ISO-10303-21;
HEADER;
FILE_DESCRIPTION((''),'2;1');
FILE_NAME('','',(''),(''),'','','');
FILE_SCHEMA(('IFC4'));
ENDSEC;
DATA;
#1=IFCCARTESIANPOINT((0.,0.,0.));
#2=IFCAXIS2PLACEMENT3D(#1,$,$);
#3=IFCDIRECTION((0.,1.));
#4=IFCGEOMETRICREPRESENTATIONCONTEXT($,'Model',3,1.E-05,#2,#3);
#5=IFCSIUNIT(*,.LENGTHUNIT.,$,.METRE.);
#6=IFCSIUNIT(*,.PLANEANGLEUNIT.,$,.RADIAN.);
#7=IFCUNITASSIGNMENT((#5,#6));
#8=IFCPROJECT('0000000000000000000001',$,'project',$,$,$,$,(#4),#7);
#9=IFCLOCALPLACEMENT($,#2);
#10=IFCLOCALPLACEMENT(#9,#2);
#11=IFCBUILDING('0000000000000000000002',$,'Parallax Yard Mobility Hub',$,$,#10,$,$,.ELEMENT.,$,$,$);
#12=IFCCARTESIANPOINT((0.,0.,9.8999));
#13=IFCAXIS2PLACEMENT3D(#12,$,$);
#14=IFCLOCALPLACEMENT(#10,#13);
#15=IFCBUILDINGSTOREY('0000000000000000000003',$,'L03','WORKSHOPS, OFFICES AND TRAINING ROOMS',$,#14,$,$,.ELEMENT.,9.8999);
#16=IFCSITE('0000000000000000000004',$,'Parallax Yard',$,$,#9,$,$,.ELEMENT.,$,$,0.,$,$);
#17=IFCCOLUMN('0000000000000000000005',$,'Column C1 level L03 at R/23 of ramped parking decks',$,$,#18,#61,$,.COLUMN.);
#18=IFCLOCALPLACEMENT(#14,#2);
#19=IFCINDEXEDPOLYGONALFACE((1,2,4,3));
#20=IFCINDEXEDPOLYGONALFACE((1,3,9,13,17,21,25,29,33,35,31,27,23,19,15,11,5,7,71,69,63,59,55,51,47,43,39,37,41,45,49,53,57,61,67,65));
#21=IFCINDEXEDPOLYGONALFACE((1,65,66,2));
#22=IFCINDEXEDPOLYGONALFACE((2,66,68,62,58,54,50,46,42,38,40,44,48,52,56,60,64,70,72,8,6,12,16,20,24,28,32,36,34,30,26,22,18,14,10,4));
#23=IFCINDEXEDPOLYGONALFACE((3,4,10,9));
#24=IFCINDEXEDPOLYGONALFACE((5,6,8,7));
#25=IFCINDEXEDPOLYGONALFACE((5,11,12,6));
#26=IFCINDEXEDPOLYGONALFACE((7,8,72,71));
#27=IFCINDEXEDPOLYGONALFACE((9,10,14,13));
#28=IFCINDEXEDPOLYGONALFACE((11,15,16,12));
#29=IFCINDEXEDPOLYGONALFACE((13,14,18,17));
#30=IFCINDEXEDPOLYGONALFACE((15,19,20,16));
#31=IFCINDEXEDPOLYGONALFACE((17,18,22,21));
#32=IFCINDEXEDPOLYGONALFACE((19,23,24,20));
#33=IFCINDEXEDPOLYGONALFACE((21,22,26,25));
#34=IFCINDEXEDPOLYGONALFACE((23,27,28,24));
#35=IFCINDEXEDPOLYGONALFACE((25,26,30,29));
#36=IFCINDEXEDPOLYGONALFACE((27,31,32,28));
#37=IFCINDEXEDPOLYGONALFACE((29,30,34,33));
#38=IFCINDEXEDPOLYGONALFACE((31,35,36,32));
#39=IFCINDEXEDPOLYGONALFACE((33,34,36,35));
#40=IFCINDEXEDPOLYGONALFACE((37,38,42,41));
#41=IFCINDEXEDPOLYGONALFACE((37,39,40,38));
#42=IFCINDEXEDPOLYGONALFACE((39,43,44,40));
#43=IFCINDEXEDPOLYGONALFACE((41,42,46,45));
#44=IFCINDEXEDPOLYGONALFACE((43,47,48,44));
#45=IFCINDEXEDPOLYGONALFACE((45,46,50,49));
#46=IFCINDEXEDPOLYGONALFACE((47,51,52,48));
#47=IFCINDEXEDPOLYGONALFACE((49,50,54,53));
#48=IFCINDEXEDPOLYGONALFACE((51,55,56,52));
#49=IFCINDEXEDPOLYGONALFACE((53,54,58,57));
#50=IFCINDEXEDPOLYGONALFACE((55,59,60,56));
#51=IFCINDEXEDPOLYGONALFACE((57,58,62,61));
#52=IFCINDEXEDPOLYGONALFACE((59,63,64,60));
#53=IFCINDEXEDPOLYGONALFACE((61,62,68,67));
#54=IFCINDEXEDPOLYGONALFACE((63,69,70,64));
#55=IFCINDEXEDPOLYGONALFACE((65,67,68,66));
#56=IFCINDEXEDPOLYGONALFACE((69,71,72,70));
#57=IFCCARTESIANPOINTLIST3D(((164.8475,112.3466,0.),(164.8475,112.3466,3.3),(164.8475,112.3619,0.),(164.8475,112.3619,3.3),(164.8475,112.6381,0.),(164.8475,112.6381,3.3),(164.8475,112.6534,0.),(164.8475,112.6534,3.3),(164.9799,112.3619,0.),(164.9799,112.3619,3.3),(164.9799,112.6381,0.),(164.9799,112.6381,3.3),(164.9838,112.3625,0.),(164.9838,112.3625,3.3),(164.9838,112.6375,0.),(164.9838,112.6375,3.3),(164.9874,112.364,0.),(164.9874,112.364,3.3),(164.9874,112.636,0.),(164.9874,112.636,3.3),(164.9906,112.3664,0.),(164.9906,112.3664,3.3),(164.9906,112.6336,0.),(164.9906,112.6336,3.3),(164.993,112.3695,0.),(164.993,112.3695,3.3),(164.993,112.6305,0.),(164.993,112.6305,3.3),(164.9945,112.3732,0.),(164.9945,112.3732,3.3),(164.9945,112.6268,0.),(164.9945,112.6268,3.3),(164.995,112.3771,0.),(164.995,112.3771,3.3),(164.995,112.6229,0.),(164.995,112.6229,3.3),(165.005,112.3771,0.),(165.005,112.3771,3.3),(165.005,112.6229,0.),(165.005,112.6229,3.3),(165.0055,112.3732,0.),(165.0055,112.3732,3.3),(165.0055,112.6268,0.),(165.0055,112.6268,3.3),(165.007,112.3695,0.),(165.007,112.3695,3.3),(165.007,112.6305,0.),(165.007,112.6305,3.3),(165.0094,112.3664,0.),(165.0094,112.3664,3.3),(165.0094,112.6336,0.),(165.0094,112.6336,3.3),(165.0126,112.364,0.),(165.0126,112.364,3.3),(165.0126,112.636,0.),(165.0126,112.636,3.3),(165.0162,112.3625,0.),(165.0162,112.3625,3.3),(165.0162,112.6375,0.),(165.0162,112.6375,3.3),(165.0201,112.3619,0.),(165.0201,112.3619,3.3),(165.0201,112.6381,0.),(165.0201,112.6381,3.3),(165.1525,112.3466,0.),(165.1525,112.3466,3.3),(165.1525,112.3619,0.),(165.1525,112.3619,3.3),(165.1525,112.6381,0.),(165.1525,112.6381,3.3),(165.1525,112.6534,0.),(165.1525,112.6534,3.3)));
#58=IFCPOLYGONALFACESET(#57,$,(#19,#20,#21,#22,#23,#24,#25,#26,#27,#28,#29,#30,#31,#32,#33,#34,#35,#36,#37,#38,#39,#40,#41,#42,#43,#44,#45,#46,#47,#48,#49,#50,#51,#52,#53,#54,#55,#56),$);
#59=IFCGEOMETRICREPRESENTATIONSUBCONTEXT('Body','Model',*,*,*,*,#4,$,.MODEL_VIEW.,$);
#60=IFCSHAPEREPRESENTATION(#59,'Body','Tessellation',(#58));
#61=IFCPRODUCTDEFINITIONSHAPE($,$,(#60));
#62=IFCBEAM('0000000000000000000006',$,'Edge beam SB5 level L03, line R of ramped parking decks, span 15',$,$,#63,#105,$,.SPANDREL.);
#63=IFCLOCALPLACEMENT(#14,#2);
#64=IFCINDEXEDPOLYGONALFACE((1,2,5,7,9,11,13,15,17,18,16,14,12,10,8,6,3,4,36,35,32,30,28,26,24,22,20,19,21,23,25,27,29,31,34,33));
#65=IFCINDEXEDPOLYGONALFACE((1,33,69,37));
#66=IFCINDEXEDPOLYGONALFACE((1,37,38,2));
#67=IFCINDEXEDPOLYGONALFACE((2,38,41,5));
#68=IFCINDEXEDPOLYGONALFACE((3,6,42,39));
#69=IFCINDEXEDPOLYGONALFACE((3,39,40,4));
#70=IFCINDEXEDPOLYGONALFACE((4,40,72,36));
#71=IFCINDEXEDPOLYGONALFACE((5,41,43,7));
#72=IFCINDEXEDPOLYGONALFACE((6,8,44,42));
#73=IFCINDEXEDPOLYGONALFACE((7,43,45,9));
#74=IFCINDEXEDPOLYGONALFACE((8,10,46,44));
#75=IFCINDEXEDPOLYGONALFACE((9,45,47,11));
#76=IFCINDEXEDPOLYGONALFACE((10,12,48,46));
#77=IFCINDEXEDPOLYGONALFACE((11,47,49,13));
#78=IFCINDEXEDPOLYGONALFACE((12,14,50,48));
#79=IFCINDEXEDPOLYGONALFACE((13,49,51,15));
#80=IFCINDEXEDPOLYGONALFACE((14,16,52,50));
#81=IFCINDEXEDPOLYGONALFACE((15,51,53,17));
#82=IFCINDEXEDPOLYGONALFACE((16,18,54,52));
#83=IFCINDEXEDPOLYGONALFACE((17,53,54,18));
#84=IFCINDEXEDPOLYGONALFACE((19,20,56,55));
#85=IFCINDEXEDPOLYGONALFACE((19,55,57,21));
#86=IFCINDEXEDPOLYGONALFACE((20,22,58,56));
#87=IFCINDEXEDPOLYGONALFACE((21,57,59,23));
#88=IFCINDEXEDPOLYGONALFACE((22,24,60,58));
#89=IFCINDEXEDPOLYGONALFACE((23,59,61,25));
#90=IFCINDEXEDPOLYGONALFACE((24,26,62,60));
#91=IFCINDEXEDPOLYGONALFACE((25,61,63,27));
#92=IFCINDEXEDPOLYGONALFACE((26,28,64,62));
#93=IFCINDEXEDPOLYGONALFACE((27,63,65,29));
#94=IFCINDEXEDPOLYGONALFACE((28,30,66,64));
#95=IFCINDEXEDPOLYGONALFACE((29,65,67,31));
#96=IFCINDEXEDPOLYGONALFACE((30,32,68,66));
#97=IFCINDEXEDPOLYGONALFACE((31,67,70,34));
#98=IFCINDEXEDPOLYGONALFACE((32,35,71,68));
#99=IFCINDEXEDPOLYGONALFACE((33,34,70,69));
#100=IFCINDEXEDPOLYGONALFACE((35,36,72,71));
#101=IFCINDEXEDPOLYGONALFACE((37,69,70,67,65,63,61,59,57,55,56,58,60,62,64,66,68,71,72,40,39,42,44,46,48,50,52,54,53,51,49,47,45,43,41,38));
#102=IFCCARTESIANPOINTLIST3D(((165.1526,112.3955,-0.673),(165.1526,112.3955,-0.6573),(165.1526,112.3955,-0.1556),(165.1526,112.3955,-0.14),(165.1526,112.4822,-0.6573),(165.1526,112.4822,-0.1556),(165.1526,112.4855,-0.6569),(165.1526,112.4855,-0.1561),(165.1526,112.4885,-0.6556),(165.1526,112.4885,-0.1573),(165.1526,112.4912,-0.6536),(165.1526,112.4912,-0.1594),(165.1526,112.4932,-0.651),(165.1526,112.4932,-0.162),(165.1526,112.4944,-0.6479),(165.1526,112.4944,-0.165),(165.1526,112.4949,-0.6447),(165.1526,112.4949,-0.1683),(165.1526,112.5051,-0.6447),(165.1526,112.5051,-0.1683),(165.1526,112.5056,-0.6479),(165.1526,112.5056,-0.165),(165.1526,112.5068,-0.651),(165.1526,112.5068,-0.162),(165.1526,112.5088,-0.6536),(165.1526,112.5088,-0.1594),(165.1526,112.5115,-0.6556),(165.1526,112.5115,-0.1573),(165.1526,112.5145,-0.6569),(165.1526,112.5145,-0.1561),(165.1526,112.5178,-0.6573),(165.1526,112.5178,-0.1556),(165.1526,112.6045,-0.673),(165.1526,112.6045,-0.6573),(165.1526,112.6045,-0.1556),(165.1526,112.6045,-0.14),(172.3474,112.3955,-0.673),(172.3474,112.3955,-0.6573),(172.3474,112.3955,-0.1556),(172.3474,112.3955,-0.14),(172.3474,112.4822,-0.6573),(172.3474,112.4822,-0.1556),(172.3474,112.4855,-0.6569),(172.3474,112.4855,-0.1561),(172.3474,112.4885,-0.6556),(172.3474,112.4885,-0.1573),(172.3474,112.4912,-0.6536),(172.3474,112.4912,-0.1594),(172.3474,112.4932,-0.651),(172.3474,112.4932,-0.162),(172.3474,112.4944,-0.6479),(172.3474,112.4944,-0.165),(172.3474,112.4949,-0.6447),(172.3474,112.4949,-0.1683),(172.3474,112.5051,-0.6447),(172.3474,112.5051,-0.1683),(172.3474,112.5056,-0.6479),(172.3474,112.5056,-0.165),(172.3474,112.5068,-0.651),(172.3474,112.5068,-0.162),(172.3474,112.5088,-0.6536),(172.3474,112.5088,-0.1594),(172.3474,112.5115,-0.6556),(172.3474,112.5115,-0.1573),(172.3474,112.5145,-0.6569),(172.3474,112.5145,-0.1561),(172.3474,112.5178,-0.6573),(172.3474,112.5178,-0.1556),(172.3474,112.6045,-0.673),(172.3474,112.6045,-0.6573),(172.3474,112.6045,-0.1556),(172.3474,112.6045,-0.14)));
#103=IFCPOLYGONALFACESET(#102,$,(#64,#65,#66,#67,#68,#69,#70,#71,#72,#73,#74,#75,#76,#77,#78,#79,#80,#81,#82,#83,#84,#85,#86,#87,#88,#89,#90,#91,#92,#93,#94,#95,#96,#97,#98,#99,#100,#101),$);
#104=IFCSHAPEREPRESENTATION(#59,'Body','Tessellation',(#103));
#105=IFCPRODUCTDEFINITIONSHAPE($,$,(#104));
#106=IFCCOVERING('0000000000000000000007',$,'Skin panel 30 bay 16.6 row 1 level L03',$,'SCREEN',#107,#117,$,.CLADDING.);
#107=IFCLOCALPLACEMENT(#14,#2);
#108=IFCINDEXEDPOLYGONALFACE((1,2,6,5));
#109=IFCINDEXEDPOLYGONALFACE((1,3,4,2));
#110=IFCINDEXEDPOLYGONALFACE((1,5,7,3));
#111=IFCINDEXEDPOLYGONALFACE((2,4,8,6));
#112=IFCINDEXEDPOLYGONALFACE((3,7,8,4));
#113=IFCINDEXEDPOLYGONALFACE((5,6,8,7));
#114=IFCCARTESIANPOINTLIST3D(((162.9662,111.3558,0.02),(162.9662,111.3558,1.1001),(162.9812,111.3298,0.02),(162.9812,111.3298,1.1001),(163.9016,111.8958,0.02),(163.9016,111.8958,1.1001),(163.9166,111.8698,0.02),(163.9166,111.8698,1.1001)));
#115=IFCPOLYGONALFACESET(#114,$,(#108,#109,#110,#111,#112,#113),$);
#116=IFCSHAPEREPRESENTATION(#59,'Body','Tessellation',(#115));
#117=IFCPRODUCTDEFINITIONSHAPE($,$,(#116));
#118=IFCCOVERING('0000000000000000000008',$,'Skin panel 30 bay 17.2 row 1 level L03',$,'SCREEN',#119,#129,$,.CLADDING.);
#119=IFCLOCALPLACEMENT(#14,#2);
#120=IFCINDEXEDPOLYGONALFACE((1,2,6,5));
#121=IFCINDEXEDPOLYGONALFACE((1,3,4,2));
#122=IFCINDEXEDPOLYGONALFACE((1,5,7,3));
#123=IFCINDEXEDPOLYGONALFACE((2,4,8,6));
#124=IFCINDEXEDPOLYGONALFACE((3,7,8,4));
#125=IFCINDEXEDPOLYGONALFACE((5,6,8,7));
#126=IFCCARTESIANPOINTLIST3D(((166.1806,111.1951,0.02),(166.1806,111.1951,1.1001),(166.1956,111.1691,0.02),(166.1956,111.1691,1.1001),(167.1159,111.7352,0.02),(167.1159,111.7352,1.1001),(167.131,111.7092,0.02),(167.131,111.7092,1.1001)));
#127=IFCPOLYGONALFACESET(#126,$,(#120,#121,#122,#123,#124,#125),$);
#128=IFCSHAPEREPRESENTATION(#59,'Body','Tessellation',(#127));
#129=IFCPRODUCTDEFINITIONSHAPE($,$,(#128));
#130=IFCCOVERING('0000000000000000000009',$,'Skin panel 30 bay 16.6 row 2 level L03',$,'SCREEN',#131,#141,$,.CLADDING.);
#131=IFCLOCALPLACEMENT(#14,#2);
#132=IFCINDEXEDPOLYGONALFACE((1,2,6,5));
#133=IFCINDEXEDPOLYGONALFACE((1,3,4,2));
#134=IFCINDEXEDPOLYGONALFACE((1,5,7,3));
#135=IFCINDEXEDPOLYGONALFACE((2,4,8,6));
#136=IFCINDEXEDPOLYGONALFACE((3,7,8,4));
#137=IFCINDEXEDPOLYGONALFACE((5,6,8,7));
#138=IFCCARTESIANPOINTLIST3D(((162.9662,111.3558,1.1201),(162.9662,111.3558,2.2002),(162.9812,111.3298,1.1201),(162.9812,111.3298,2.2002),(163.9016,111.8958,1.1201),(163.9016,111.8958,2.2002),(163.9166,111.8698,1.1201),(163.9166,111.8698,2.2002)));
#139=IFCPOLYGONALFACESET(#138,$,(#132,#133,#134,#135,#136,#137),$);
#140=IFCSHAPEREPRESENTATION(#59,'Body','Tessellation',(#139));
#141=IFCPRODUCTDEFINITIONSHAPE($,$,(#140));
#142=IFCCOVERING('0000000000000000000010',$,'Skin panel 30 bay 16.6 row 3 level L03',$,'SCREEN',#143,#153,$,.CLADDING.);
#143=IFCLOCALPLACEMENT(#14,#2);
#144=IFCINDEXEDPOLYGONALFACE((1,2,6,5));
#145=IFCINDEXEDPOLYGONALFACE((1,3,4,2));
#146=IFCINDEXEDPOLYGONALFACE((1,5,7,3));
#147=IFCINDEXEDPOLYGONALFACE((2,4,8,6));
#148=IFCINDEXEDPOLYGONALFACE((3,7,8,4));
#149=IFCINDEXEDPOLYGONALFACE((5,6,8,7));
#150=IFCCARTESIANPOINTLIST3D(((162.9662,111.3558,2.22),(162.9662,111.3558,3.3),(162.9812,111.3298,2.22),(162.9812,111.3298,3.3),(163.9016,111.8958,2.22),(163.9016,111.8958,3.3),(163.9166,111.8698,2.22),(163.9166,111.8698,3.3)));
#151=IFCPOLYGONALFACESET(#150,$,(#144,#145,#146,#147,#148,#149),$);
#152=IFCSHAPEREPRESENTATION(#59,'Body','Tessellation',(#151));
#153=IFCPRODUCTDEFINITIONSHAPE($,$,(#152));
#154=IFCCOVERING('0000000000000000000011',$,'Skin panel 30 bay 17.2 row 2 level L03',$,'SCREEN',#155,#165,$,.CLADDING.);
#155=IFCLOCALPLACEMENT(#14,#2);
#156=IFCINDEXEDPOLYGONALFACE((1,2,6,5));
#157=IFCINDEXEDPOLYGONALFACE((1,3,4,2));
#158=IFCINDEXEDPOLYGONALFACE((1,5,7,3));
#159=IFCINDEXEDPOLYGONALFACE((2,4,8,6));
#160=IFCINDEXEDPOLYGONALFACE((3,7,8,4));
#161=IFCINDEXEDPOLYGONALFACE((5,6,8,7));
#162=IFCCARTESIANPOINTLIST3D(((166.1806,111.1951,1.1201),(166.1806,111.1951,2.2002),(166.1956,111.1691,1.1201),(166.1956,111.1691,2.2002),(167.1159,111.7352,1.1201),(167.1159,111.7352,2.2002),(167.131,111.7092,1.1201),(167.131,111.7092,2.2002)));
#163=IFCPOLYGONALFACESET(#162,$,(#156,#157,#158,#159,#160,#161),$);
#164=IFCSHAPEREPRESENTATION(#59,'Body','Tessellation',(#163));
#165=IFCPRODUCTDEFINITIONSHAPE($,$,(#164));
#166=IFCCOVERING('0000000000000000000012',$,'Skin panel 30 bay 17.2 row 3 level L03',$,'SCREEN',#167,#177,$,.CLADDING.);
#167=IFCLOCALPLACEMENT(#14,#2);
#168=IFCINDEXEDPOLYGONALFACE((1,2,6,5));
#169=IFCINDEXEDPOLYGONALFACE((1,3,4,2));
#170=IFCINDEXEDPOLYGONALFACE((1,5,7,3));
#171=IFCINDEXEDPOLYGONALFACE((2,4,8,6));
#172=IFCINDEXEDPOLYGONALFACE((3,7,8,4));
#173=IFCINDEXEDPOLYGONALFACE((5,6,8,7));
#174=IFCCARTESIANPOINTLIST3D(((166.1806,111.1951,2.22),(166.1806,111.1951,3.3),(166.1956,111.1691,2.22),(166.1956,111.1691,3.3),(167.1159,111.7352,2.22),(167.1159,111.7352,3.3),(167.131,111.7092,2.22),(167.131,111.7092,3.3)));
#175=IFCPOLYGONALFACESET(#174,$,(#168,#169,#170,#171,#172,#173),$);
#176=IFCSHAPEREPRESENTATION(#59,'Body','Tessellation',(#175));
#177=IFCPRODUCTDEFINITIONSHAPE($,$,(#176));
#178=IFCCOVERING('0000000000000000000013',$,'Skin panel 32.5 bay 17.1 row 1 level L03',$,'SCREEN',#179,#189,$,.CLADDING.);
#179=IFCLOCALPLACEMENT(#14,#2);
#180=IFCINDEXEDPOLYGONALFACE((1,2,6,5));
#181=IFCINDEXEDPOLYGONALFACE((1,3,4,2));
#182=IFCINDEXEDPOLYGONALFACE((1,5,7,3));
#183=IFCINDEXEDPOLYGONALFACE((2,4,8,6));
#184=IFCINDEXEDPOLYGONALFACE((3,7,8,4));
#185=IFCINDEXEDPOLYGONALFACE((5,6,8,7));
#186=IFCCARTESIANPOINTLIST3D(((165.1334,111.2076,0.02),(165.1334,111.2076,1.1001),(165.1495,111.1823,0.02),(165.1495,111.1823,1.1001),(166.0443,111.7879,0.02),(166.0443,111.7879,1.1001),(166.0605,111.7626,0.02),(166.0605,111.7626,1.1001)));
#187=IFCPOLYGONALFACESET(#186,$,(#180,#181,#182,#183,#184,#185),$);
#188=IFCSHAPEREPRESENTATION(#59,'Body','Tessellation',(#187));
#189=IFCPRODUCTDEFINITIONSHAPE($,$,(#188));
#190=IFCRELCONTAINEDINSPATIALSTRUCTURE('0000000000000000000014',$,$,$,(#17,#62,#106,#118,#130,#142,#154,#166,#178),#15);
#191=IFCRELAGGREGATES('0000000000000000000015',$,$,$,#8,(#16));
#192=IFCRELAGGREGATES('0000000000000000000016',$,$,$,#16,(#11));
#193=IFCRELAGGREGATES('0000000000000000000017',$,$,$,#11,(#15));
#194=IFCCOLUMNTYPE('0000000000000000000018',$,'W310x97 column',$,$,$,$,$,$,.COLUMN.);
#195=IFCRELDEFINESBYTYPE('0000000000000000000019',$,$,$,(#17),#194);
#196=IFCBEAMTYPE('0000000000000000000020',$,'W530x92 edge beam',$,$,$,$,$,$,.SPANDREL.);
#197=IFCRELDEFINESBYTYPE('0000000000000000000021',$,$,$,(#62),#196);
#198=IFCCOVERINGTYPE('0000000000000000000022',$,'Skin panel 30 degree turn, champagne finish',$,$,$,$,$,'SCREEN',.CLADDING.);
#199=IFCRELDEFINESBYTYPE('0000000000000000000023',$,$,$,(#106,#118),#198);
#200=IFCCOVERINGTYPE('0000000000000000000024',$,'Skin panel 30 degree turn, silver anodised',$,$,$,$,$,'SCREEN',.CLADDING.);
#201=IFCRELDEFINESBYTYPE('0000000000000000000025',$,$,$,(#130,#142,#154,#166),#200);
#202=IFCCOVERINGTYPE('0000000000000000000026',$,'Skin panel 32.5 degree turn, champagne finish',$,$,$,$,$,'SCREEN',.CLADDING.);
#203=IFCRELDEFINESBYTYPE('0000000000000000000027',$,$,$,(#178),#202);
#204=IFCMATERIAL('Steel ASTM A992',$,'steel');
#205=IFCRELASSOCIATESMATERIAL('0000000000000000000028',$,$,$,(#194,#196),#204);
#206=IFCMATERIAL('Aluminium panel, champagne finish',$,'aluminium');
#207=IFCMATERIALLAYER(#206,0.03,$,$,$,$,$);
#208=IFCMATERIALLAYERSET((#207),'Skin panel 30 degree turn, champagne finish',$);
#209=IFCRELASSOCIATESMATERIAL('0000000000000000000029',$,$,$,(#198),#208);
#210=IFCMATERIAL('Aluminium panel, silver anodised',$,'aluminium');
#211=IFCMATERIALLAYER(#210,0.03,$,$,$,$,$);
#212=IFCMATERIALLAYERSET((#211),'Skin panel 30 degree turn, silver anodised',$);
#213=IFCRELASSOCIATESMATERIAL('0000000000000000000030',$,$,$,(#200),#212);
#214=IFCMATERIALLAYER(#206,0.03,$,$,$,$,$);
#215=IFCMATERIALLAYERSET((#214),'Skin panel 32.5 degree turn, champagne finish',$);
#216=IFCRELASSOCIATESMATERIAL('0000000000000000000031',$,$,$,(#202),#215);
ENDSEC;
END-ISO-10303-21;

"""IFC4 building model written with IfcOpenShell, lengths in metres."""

from ifc_helpers import new_model, si_unit, direction, frame, origin, origin_2d, place, context, subcontext, project, spatial, rectangle, i_section, extrude, material, layer, layer_set, material_profile, profile_set, type_object, element, save


model = new_model("IFC4")

# Units and contexts
model_context = context("Model", 3, precision=1e-05, world=origin(), true_north=direction((0.0, 1.0)))
body_context = subcontext(model_context, "Body", "Model", "MODEL_VIEW")
ifc_project = project(units=[si_unit("LENGTHUNIT", "METRE"), si_unit("PLANEANGLEUNIT", "RADIAN")], contexts=[model_context])

# Site, building, storey
site_placement = place(None, origin())
site = spatial("IfcSite", under=ifc_project, at=site_placement, Name="Parallax Yard", CompositionType="ELEMENT", RefElevation=0.0)
building_placement = place(site_placement, origin())
building = spatial("IfcBuilding", under=site, at=building_placement, Name="Parallax Yard Mobility Hub", CompositionType="ELEMENT")
storey_placement = place(building_placement, frame((0.0, 0.0, 9.8999)))
storey = spatial("IfcBuildingStorey", under=building, at=storey_placement, Name="L03", Description="WORKSHOPS, OFFICES AND TRAINING ROOMS", CompositionType="ELEMENT", Elevation=9.8999)

# Column
ifc_material_1 = material(Name="Steel ASTM A992", Category="steel")
ifc_material_profile_1 = material_profile(ifc_material_1, i_section(OverallWidth=0.3049, OverallDepth=0.3069, WebThickness=0.01, FlangeThickness=0.0154, FilletRadius=0.0151, at=origin_2d()), Name="W310x97")
ifc_profile_set_1 = profile_set([ifc_material_profile_1], Name="Steel ASTM A992")
column_type = type_object("IfcColumnType", Name="W310x97 column", PredefinedType="COLUMN", material=ifc_profile_set_1)
column_placement = place(storey_placement, frame((165.0, 112.5, 0.0), z_axis=(0.0, 0.0, 1.0), x_axis=(1.0, 0.0, 0.0)))
element("IfcColumn", 1, at=column_placement, inside=storey, type_object=column_type, Name="Column C1 level L03 at R/23 of ramped parking decks", PredefinedType="COLUMN", context=body_context, shape_type="SweptSolid", body=[
    extrude(i_section(OverallWidth=0.3049, OverallDepth=0.3069, WebThickness=0.01, FlangeThickness=0.0154, FilletRadius=0.0151, at=origin_2d()), origin(), (0.0, 0.0, 1.0), 3.3),
])

# Beam
ifc_material_profile_2 = material_profile(ifc_material_1, i_section(OverallWidth=0.209, OverallDepth=0.533, WebThickness=0.0103, FlangeThickness=0.0156, FilletRadius=0.0127, at=origin_2d()), Name="W530x92")
ifc_profile_set_2 = profile_set([ifc_material_profile_2], Name="Steel ASTM A992")
beam_type = type_object("IfcBeamType", Name="W530x92 edge beam", PredefinedType="SPANDREL", material=ifc_profile_set_2)
beam_placement = place(storey_placement, frame((165.1526, 112.5, -0.4065), z_axis=(1.0, 0.0, 0.0), x_axis=(0.0, 1.0, 0.0)))
element("IfcBeam", 2, at=beam_placement, inside=storey, type_object=beam_type, Name="Edge beam SB5 level L03, line R of ramped parking decks, span 15", PredefinedType="SPANDREL", context=body_context, shape_type="SweptSolid", body=[
    extrude(i_section(OverallWidth=0.209, OverallDepth=0.533, WebThickness=0.0103, FlangeThickness=0.0156, FilletRadius=0.0127, at=origin_2d()), origin(), (0.0, 0.0, 1.0), 7.1948),
])

# Coverings
ifc_material_2 = material(Name="Aluminium panel, champagne finish", Category="aluminium")
ifc_layer_1 = layer(ifc_material_2, 0.03)
ifc_layer_set_1 = layer_set([ifc_layer_1], Name="Skin panel 30 degree turn, champagne finish")
covering_type_1 = type_object("IfcCoveringType", Name="Skin panel 30 degree turn, champagne finish", ElementType="SCREEN", PredefinedType="CLADDING", material=ifc_layer_set_1)
for number, where, z_axis, x_axis, name in (
    (3, (163.4414, 111.6128, 0.02), (0.0, 0.0, 1.0), (-0.866025, -0.5, 0.0), "Skin panel 30 bay 16.6 row 1 level L03"),
    (4, (166.6558, 111.4521, 0.02), (0.0, 0.0, 1.0), (-0.866025, -0.5, 0.0), "Skin panel 30 bay 17.2 row 1 level L03"),
):
    element("IfcCovering", number, at=place(storey_placement, frame(where, z_axis=z_axis, x_axis=x_axis)), inside=storey, type_object=covering_type_1, Name=name, ObjectType="SCREEN", PredefinedType="CLADDING", context=body_context, shape_type="SweptSolid", body=[
        extrude(rectangle(XDim=1.0801, YDim=0.03, at=origin_2d()), origin(), (0.0, 0.0, 1.0), 1.0801),
    ])
ifc_material_3 = material(Name="Aluminium panel, silver anodised", Category="aluminium")
ifc_layer_2 = layer(ifc_material_3, 0.03)
ifc_layer_set_2 = layer_set([ifc_layer_2], Name="Skin panel 30 degree turn, silver anodised")
covering_type_2 = type_object("IfcCoveringType", Name="Skin panel 30 degree turn, silver anodised", ElementType="SCREEN", PredefinedType="CLADDING", material=ifc_layer_set_2)
for number, where, z_axis, x_axis, name in (
    (5, (163.4414, 111.6128, 1.1201), (0.0, 0.0, 1.0), (-0.866025, -0.5, 0.0), "Skin panel 30 bay 16.6 row 2 level L03"),
    (6, (163.4414, 111.6128, 2.22), (0.0, 0.0, 1.0), (-0.866025, -0.5, 0.0), "Skin panel 30 bay 16.6 row 3 level L03"),
    (7, (166.6558, 111.4521, 1.1201), (0.0, 0.0, 1.0), (-0.866025, -0.5, 0.0), "Skin panel 30 bay 17.2 row 2 level L03"),
    (8, (166.6558, 111.4521, 2.22), (0.0, 0.0, 1.0), (-0.866025, -0.5, 0.0), "Skin panel 30 bay 17.2 row 3 level L03"),
):
    element("IfcCovering", number, at=place(storey_placement, frame(where, z_axis=z_axis, x_axis=x_axis)), inside=storey, type_object=covering_type_2, Name=name, ObjectType="SCREEN", PredefinedType="CLADDING", context=body_context, shape_type="SweptSolid", body=[
        extrude(rectangle(XDim=1.0801, YDim=0.03, at=origin_2d()), origin(), (0.0, 0.0, 1.0), 1.0801),
    ])
ifc_layer_3 = layer(ifc_material_2, 0.03)
ifc_layer_set_3 = layer_set([ifc_layer_3], Name="Skin panel 32.5 degree turn, champagne finish")
covering_type_3 = type_object("IfcCoveringType", Name="Skin panel 32.5 degree turn, champagne finish", ElementType="SCREEN", PredefinedType="CLADDING", material=ifc_layer_set_3)
covering_placement = place(storey_placement, frame((165.5969, 111.4851, 0.02), z_axis=(0.0, 0.0, 1.0), x_axis=(-0.843391, -0.5373, 0.0)))
element("IfcCovering", 9, at=covering_placement, inside=storey, type_object=covering_type_3, Name="Skin panel 32.5 bay 17.1 row 1 level L03", ObjectType="SCREEN", PredefinedType="CLADDING", context=body_context, shape_type="SweptSolid", body=[
    extrude(rectangle(XDim=1.0801, YDim=0.03, at=origin_2d()), origin(), (0.0, 0.0, 1.0), 1.0801),
])

save(model, "model.ifc")
